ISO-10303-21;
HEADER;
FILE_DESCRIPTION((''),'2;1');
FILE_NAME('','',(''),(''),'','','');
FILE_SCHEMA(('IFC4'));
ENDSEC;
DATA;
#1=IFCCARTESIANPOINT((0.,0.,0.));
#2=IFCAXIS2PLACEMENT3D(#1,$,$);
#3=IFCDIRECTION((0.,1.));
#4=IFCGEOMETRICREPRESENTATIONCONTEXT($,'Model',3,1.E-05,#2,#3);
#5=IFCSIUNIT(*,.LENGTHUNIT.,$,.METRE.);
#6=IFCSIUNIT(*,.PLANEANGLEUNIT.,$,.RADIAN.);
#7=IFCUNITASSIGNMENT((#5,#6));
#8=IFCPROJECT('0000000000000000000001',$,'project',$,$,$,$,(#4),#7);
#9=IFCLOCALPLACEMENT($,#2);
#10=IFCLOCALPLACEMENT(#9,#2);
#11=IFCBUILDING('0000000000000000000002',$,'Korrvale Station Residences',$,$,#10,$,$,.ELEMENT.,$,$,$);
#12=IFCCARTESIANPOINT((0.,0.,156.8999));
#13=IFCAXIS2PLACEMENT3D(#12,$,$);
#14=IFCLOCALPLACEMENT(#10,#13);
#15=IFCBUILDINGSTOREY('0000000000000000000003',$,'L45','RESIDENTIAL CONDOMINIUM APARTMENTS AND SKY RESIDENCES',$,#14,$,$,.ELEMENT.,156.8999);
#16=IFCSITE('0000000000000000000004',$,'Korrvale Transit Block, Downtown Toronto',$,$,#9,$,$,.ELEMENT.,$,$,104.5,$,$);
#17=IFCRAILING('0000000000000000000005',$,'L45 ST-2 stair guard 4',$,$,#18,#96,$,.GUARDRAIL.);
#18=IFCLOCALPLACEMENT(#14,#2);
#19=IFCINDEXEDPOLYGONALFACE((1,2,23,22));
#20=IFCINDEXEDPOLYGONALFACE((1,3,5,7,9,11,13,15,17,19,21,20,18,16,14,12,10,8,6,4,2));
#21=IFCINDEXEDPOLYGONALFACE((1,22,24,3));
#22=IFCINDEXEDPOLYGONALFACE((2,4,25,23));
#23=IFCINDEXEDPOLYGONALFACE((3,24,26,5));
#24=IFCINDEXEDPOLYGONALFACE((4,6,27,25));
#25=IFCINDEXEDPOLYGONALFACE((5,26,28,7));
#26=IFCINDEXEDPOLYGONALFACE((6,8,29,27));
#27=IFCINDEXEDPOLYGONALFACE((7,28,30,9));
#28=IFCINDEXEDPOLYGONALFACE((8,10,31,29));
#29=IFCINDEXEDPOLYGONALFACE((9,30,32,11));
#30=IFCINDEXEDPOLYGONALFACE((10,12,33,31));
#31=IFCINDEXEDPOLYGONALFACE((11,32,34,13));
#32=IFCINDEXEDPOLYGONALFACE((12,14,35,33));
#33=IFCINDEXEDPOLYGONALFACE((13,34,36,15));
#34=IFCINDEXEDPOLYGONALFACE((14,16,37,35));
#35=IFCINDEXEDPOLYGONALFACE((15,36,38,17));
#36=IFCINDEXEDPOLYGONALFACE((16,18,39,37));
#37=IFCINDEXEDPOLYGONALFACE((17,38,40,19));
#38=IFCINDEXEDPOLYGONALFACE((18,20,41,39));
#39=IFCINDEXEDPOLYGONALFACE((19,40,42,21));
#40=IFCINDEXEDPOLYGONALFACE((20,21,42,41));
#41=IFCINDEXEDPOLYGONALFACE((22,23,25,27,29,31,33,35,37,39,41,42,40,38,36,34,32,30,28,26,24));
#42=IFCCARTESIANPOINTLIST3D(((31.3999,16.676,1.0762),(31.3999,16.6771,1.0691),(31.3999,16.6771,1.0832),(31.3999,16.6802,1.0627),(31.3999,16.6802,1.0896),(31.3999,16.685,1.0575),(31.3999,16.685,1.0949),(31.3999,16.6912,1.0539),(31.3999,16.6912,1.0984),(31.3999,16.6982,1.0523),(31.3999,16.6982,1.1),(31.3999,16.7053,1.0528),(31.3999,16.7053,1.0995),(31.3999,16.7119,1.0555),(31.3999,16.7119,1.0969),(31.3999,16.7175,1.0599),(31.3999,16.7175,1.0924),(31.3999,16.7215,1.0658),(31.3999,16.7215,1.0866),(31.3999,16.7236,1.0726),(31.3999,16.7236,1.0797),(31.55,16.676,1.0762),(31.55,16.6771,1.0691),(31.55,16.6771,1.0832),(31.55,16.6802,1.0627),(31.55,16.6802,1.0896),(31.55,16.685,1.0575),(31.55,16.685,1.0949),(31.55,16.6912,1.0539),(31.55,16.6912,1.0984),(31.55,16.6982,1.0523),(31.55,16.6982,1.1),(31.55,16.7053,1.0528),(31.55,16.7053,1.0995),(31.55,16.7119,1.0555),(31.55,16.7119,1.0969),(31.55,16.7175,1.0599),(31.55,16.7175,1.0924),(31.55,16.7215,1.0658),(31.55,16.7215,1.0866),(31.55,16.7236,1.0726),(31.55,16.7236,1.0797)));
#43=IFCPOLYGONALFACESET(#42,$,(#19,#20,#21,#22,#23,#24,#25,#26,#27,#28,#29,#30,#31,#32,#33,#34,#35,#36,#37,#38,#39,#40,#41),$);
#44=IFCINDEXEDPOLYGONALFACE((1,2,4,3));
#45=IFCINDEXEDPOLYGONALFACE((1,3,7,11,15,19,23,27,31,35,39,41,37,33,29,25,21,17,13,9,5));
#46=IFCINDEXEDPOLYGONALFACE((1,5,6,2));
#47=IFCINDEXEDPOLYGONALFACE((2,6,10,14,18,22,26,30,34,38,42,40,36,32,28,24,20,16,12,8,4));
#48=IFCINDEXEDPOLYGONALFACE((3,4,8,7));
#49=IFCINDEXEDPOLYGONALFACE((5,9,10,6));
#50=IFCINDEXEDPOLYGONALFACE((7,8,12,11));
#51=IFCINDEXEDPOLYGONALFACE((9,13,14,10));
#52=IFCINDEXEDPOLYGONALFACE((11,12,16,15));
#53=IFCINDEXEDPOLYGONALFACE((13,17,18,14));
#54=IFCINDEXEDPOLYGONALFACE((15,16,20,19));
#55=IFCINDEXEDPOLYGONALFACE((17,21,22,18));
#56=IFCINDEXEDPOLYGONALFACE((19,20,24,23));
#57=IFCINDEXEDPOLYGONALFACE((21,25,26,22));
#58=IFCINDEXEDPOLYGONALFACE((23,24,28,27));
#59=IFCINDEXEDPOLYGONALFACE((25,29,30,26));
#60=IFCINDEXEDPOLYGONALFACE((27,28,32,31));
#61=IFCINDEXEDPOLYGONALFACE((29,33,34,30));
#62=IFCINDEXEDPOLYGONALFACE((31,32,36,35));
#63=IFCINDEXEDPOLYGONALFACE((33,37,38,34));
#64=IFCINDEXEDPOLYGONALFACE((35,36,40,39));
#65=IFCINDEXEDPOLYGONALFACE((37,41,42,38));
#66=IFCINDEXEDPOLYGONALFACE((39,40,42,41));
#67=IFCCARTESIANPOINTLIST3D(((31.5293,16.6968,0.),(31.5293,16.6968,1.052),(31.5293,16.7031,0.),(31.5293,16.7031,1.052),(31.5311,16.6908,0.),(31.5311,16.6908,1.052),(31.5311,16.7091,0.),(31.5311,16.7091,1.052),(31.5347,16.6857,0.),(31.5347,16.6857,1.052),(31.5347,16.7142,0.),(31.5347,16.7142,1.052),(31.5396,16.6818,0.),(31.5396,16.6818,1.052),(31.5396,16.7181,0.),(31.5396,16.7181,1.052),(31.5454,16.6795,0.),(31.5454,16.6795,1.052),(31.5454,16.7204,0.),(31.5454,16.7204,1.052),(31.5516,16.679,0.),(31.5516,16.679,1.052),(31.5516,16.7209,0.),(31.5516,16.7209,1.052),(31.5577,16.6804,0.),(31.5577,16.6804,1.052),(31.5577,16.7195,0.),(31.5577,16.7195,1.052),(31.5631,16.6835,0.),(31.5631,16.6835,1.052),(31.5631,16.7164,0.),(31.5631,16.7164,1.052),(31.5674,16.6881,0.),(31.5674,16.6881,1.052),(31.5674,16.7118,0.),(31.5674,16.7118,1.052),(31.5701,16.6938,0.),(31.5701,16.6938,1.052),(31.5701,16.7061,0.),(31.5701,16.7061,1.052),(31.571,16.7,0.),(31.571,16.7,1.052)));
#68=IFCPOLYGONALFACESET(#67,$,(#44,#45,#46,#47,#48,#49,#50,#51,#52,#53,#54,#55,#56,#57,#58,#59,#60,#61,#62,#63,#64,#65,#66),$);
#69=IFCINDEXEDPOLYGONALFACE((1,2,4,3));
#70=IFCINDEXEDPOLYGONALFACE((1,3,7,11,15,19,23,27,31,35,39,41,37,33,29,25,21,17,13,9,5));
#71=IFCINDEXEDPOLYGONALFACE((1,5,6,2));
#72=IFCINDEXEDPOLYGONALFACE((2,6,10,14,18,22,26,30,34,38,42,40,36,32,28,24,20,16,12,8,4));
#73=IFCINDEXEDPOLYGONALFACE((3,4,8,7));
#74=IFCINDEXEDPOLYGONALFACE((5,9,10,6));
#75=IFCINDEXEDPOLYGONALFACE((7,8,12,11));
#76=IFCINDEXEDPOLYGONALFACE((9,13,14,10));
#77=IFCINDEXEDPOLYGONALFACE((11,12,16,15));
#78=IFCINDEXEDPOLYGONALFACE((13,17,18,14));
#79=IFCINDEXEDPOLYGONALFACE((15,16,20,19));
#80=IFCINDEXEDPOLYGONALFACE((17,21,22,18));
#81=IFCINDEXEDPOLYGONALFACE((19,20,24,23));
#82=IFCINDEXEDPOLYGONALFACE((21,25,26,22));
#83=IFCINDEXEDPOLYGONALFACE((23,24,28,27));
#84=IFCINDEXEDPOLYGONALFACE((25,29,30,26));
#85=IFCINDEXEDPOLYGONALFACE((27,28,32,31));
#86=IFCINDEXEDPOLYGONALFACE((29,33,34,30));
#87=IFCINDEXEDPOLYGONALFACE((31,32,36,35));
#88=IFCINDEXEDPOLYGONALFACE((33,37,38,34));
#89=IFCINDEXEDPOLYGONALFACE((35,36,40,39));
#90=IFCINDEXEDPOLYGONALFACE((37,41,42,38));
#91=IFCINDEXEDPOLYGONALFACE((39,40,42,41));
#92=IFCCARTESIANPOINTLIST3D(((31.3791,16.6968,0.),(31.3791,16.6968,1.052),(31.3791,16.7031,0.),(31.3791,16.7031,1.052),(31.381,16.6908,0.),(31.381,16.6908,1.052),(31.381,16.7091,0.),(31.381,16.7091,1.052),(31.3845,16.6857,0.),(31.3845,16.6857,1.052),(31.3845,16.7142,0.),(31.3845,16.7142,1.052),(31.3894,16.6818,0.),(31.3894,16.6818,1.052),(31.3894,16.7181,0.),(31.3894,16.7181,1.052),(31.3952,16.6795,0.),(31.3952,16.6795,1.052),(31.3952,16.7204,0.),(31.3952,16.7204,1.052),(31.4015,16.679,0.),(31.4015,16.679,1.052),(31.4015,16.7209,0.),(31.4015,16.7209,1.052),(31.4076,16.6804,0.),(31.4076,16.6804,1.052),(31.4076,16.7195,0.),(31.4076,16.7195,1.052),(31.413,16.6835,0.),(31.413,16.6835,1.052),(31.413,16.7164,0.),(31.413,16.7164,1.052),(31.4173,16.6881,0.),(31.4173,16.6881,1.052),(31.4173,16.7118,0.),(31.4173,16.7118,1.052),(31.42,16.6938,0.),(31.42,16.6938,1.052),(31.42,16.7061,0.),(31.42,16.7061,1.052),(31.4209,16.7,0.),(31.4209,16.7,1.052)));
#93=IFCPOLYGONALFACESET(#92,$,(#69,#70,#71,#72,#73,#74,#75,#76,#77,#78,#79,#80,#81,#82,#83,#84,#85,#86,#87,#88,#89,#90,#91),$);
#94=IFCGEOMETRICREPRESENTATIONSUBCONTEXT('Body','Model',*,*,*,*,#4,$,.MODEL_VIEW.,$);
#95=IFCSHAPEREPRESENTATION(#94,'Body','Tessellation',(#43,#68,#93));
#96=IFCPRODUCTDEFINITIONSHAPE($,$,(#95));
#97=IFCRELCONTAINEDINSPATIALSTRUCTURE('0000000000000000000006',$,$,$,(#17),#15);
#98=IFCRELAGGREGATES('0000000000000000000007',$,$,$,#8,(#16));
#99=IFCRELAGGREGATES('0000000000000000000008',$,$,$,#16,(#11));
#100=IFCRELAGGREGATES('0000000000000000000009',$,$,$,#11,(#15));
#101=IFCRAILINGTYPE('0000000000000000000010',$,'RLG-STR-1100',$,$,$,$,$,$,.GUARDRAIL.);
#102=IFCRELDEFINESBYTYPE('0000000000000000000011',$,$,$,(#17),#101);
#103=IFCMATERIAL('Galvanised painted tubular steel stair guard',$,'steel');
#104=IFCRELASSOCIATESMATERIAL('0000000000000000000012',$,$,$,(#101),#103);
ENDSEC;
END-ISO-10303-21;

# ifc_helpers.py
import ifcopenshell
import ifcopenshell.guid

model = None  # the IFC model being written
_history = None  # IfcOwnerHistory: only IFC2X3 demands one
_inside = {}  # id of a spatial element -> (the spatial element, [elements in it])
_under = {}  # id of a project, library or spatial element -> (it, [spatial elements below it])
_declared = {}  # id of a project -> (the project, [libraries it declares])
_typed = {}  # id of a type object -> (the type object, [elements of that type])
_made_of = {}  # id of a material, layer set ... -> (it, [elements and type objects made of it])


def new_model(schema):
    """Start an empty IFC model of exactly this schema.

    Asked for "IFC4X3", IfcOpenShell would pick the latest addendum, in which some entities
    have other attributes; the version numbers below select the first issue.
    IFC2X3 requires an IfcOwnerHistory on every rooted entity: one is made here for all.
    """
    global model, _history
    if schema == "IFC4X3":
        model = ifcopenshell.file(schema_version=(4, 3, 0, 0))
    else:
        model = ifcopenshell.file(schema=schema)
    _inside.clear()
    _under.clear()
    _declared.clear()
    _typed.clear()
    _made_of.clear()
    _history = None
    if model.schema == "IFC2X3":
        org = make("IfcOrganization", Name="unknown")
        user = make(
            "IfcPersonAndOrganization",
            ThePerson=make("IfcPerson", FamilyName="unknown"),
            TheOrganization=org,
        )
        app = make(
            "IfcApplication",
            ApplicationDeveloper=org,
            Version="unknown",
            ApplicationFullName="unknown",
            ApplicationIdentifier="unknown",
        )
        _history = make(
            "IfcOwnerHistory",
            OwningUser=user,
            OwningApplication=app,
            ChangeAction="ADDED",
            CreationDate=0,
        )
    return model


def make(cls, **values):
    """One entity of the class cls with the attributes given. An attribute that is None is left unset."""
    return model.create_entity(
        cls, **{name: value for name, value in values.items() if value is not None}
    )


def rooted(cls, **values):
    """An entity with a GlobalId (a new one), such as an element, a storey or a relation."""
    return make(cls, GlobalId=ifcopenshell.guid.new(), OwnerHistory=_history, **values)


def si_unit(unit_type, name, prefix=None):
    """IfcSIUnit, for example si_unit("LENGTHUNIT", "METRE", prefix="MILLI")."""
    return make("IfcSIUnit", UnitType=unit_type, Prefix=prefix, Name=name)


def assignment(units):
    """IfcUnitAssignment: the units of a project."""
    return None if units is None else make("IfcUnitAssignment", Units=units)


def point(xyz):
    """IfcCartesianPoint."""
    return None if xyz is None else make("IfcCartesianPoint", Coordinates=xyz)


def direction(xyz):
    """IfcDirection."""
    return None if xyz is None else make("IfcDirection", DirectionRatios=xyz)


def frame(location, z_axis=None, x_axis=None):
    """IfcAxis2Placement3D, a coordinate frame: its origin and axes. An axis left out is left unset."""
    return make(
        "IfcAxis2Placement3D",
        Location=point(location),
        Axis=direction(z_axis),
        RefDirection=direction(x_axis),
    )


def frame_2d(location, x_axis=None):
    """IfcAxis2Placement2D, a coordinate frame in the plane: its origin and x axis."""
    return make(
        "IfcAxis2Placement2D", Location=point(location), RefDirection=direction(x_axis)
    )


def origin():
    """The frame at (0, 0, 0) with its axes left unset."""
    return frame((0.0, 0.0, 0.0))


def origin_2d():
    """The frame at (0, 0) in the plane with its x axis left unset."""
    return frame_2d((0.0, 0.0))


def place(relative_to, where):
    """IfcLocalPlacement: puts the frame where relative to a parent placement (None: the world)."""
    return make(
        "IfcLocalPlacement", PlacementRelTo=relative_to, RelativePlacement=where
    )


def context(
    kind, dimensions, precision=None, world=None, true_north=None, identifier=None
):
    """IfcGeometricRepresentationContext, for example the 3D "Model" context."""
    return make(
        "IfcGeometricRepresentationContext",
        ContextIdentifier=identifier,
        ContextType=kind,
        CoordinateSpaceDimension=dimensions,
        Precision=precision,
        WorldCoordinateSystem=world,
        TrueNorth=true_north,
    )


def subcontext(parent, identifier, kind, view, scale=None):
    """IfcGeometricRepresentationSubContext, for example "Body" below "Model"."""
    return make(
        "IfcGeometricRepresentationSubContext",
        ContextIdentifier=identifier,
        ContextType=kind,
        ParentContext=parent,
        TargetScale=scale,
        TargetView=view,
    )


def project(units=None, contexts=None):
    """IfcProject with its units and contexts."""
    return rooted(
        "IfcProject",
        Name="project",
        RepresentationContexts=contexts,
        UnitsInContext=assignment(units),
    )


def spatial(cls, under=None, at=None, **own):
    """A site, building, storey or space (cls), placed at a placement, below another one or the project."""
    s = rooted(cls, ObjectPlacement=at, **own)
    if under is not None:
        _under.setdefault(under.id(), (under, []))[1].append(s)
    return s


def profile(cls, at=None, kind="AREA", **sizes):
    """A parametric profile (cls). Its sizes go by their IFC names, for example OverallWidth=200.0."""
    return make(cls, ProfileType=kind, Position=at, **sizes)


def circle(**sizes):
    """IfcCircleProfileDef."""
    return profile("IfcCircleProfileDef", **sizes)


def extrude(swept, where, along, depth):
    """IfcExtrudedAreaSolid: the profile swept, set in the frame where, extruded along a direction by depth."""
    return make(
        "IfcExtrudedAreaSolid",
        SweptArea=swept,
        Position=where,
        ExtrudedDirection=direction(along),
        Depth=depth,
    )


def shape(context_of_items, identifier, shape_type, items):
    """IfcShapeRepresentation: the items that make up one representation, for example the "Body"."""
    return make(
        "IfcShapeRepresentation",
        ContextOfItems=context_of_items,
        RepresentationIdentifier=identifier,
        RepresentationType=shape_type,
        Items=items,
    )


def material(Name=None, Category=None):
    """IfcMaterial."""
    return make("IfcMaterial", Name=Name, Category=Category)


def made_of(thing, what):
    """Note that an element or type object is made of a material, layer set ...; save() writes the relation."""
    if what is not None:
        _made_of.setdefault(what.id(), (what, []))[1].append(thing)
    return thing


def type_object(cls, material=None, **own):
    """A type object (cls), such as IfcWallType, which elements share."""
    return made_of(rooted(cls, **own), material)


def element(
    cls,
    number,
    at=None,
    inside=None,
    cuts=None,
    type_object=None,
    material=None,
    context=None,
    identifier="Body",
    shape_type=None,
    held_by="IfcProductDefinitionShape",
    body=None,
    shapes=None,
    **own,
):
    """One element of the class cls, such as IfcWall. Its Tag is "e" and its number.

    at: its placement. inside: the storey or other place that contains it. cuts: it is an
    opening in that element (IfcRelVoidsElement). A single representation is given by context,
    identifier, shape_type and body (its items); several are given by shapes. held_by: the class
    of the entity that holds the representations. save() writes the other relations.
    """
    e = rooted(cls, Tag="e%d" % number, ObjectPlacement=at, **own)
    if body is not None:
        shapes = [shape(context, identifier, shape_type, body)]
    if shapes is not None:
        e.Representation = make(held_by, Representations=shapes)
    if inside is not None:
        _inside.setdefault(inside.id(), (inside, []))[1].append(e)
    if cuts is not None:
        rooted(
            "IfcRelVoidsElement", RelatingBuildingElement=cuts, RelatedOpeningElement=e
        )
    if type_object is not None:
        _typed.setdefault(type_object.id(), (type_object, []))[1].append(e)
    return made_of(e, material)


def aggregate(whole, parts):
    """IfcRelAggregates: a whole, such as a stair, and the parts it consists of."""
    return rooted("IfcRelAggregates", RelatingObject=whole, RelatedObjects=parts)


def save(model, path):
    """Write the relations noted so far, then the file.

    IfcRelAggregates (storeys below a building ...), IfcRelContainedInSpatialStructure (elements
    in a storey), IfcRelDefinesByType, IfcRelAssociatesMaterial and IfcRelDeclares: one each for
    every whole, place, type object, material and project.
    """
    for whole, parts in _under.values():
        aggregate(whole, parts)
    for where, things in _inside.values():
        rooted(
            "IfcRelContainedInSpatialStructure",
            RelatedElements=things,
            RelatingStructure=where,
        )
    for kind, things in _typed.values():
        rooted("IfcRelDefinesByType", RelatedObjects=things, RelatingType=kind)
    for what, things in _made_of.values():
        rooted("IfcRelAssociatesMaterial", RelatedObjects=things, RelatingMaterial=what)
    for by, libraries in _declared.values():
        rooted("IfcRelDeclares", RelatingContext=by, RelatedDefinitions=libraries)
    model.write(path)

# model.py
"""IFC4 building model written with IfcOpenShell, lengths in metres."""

from ifc_helpers import new_model, si_unit, direction, frame, origin, origin_2d, place, context, subcontext, project, spatial, circle, extrude, material, type_object, element, save


model = new_model("IFC4")

# Units and contexts
model_context = context("Model", 3, precision=1e-05, world=origin(), true_north=direction((0.0, 1.0)))
body_context = subcontext(model_context, "Body", "Model", "MODEL_VIEW")
ifc_project = project(units=[si_unit("LENGTHUNIT", "METRE"), si_unit("PLANEANGLEUNIT", "RADIAN")], contexts=[model_context])

# Site, building, storey
site_placement = place(None, origin())
site = spatial("IfcSite", under=ifc_project, at=site_placement, Name="Korrvale Transit Block, Downtown Toronto", CompositionType="ELEMENT", RefElevation=104.5)
building_placement = place(site_placement, origin())
building = spatial("IfcBuilding", under=site, at=building_placement, Name="Korrvale Station Residences", CompositionType="ELEMENT")
storey_placement = place(building_placement, frame((0.0, 0.0, 156.8999)))
storey = spatial("IfcBuildingStorey", under=building, at=storey_placement, Name="L45", Description="RESIDENTIAL CONDOMINIUM APARTMENTS AND SKY RESIDENCES", CompositionType="ELEMENT", Elevation=156.8999)

# Railing
ifc_material_1 = material(Name="Galvanised painted tubular steel stair guard", Category="steel")
railing_type_1 = type_object("IfcRailingType", Name="RLG-STR-1100", PredefinedType="GUARDRAIL", material=ifc_material_1)
railing_1_placement = place(storey_placement, frame((31.55, 16.7, 0.0)))
element("IfcRailing", 1, at=railing_1_placement, inside=storey, type_object=railing_type_1, Name="L45 ST-2 stair guard 4", PredefinedType="GUARDRAIL", context=body_context, shape_type="SweptSolid", body=[
    extrude(circle(Radius=0.0239, at=origin_2d()), frame((0.0, 0.0, 1.0762), z_axis=(-1.0, 0.0, 0.0), x_axis=(0.0, -1.0, 0.0)), (0.0, 0.0, 1.0), 0.1501),
    extrude(circle(Radius=0.021, at=origin_2d()), origin(), (0.0, 0.0, 1.0), 1.052),
    extrude(circle(Radius=0.021, at=origin_2d()), frame((-0.1501, 0.0, 0.0)), (0.0, 0.0, 1.0), 1.052),
])

save(model, "model.ifc")
